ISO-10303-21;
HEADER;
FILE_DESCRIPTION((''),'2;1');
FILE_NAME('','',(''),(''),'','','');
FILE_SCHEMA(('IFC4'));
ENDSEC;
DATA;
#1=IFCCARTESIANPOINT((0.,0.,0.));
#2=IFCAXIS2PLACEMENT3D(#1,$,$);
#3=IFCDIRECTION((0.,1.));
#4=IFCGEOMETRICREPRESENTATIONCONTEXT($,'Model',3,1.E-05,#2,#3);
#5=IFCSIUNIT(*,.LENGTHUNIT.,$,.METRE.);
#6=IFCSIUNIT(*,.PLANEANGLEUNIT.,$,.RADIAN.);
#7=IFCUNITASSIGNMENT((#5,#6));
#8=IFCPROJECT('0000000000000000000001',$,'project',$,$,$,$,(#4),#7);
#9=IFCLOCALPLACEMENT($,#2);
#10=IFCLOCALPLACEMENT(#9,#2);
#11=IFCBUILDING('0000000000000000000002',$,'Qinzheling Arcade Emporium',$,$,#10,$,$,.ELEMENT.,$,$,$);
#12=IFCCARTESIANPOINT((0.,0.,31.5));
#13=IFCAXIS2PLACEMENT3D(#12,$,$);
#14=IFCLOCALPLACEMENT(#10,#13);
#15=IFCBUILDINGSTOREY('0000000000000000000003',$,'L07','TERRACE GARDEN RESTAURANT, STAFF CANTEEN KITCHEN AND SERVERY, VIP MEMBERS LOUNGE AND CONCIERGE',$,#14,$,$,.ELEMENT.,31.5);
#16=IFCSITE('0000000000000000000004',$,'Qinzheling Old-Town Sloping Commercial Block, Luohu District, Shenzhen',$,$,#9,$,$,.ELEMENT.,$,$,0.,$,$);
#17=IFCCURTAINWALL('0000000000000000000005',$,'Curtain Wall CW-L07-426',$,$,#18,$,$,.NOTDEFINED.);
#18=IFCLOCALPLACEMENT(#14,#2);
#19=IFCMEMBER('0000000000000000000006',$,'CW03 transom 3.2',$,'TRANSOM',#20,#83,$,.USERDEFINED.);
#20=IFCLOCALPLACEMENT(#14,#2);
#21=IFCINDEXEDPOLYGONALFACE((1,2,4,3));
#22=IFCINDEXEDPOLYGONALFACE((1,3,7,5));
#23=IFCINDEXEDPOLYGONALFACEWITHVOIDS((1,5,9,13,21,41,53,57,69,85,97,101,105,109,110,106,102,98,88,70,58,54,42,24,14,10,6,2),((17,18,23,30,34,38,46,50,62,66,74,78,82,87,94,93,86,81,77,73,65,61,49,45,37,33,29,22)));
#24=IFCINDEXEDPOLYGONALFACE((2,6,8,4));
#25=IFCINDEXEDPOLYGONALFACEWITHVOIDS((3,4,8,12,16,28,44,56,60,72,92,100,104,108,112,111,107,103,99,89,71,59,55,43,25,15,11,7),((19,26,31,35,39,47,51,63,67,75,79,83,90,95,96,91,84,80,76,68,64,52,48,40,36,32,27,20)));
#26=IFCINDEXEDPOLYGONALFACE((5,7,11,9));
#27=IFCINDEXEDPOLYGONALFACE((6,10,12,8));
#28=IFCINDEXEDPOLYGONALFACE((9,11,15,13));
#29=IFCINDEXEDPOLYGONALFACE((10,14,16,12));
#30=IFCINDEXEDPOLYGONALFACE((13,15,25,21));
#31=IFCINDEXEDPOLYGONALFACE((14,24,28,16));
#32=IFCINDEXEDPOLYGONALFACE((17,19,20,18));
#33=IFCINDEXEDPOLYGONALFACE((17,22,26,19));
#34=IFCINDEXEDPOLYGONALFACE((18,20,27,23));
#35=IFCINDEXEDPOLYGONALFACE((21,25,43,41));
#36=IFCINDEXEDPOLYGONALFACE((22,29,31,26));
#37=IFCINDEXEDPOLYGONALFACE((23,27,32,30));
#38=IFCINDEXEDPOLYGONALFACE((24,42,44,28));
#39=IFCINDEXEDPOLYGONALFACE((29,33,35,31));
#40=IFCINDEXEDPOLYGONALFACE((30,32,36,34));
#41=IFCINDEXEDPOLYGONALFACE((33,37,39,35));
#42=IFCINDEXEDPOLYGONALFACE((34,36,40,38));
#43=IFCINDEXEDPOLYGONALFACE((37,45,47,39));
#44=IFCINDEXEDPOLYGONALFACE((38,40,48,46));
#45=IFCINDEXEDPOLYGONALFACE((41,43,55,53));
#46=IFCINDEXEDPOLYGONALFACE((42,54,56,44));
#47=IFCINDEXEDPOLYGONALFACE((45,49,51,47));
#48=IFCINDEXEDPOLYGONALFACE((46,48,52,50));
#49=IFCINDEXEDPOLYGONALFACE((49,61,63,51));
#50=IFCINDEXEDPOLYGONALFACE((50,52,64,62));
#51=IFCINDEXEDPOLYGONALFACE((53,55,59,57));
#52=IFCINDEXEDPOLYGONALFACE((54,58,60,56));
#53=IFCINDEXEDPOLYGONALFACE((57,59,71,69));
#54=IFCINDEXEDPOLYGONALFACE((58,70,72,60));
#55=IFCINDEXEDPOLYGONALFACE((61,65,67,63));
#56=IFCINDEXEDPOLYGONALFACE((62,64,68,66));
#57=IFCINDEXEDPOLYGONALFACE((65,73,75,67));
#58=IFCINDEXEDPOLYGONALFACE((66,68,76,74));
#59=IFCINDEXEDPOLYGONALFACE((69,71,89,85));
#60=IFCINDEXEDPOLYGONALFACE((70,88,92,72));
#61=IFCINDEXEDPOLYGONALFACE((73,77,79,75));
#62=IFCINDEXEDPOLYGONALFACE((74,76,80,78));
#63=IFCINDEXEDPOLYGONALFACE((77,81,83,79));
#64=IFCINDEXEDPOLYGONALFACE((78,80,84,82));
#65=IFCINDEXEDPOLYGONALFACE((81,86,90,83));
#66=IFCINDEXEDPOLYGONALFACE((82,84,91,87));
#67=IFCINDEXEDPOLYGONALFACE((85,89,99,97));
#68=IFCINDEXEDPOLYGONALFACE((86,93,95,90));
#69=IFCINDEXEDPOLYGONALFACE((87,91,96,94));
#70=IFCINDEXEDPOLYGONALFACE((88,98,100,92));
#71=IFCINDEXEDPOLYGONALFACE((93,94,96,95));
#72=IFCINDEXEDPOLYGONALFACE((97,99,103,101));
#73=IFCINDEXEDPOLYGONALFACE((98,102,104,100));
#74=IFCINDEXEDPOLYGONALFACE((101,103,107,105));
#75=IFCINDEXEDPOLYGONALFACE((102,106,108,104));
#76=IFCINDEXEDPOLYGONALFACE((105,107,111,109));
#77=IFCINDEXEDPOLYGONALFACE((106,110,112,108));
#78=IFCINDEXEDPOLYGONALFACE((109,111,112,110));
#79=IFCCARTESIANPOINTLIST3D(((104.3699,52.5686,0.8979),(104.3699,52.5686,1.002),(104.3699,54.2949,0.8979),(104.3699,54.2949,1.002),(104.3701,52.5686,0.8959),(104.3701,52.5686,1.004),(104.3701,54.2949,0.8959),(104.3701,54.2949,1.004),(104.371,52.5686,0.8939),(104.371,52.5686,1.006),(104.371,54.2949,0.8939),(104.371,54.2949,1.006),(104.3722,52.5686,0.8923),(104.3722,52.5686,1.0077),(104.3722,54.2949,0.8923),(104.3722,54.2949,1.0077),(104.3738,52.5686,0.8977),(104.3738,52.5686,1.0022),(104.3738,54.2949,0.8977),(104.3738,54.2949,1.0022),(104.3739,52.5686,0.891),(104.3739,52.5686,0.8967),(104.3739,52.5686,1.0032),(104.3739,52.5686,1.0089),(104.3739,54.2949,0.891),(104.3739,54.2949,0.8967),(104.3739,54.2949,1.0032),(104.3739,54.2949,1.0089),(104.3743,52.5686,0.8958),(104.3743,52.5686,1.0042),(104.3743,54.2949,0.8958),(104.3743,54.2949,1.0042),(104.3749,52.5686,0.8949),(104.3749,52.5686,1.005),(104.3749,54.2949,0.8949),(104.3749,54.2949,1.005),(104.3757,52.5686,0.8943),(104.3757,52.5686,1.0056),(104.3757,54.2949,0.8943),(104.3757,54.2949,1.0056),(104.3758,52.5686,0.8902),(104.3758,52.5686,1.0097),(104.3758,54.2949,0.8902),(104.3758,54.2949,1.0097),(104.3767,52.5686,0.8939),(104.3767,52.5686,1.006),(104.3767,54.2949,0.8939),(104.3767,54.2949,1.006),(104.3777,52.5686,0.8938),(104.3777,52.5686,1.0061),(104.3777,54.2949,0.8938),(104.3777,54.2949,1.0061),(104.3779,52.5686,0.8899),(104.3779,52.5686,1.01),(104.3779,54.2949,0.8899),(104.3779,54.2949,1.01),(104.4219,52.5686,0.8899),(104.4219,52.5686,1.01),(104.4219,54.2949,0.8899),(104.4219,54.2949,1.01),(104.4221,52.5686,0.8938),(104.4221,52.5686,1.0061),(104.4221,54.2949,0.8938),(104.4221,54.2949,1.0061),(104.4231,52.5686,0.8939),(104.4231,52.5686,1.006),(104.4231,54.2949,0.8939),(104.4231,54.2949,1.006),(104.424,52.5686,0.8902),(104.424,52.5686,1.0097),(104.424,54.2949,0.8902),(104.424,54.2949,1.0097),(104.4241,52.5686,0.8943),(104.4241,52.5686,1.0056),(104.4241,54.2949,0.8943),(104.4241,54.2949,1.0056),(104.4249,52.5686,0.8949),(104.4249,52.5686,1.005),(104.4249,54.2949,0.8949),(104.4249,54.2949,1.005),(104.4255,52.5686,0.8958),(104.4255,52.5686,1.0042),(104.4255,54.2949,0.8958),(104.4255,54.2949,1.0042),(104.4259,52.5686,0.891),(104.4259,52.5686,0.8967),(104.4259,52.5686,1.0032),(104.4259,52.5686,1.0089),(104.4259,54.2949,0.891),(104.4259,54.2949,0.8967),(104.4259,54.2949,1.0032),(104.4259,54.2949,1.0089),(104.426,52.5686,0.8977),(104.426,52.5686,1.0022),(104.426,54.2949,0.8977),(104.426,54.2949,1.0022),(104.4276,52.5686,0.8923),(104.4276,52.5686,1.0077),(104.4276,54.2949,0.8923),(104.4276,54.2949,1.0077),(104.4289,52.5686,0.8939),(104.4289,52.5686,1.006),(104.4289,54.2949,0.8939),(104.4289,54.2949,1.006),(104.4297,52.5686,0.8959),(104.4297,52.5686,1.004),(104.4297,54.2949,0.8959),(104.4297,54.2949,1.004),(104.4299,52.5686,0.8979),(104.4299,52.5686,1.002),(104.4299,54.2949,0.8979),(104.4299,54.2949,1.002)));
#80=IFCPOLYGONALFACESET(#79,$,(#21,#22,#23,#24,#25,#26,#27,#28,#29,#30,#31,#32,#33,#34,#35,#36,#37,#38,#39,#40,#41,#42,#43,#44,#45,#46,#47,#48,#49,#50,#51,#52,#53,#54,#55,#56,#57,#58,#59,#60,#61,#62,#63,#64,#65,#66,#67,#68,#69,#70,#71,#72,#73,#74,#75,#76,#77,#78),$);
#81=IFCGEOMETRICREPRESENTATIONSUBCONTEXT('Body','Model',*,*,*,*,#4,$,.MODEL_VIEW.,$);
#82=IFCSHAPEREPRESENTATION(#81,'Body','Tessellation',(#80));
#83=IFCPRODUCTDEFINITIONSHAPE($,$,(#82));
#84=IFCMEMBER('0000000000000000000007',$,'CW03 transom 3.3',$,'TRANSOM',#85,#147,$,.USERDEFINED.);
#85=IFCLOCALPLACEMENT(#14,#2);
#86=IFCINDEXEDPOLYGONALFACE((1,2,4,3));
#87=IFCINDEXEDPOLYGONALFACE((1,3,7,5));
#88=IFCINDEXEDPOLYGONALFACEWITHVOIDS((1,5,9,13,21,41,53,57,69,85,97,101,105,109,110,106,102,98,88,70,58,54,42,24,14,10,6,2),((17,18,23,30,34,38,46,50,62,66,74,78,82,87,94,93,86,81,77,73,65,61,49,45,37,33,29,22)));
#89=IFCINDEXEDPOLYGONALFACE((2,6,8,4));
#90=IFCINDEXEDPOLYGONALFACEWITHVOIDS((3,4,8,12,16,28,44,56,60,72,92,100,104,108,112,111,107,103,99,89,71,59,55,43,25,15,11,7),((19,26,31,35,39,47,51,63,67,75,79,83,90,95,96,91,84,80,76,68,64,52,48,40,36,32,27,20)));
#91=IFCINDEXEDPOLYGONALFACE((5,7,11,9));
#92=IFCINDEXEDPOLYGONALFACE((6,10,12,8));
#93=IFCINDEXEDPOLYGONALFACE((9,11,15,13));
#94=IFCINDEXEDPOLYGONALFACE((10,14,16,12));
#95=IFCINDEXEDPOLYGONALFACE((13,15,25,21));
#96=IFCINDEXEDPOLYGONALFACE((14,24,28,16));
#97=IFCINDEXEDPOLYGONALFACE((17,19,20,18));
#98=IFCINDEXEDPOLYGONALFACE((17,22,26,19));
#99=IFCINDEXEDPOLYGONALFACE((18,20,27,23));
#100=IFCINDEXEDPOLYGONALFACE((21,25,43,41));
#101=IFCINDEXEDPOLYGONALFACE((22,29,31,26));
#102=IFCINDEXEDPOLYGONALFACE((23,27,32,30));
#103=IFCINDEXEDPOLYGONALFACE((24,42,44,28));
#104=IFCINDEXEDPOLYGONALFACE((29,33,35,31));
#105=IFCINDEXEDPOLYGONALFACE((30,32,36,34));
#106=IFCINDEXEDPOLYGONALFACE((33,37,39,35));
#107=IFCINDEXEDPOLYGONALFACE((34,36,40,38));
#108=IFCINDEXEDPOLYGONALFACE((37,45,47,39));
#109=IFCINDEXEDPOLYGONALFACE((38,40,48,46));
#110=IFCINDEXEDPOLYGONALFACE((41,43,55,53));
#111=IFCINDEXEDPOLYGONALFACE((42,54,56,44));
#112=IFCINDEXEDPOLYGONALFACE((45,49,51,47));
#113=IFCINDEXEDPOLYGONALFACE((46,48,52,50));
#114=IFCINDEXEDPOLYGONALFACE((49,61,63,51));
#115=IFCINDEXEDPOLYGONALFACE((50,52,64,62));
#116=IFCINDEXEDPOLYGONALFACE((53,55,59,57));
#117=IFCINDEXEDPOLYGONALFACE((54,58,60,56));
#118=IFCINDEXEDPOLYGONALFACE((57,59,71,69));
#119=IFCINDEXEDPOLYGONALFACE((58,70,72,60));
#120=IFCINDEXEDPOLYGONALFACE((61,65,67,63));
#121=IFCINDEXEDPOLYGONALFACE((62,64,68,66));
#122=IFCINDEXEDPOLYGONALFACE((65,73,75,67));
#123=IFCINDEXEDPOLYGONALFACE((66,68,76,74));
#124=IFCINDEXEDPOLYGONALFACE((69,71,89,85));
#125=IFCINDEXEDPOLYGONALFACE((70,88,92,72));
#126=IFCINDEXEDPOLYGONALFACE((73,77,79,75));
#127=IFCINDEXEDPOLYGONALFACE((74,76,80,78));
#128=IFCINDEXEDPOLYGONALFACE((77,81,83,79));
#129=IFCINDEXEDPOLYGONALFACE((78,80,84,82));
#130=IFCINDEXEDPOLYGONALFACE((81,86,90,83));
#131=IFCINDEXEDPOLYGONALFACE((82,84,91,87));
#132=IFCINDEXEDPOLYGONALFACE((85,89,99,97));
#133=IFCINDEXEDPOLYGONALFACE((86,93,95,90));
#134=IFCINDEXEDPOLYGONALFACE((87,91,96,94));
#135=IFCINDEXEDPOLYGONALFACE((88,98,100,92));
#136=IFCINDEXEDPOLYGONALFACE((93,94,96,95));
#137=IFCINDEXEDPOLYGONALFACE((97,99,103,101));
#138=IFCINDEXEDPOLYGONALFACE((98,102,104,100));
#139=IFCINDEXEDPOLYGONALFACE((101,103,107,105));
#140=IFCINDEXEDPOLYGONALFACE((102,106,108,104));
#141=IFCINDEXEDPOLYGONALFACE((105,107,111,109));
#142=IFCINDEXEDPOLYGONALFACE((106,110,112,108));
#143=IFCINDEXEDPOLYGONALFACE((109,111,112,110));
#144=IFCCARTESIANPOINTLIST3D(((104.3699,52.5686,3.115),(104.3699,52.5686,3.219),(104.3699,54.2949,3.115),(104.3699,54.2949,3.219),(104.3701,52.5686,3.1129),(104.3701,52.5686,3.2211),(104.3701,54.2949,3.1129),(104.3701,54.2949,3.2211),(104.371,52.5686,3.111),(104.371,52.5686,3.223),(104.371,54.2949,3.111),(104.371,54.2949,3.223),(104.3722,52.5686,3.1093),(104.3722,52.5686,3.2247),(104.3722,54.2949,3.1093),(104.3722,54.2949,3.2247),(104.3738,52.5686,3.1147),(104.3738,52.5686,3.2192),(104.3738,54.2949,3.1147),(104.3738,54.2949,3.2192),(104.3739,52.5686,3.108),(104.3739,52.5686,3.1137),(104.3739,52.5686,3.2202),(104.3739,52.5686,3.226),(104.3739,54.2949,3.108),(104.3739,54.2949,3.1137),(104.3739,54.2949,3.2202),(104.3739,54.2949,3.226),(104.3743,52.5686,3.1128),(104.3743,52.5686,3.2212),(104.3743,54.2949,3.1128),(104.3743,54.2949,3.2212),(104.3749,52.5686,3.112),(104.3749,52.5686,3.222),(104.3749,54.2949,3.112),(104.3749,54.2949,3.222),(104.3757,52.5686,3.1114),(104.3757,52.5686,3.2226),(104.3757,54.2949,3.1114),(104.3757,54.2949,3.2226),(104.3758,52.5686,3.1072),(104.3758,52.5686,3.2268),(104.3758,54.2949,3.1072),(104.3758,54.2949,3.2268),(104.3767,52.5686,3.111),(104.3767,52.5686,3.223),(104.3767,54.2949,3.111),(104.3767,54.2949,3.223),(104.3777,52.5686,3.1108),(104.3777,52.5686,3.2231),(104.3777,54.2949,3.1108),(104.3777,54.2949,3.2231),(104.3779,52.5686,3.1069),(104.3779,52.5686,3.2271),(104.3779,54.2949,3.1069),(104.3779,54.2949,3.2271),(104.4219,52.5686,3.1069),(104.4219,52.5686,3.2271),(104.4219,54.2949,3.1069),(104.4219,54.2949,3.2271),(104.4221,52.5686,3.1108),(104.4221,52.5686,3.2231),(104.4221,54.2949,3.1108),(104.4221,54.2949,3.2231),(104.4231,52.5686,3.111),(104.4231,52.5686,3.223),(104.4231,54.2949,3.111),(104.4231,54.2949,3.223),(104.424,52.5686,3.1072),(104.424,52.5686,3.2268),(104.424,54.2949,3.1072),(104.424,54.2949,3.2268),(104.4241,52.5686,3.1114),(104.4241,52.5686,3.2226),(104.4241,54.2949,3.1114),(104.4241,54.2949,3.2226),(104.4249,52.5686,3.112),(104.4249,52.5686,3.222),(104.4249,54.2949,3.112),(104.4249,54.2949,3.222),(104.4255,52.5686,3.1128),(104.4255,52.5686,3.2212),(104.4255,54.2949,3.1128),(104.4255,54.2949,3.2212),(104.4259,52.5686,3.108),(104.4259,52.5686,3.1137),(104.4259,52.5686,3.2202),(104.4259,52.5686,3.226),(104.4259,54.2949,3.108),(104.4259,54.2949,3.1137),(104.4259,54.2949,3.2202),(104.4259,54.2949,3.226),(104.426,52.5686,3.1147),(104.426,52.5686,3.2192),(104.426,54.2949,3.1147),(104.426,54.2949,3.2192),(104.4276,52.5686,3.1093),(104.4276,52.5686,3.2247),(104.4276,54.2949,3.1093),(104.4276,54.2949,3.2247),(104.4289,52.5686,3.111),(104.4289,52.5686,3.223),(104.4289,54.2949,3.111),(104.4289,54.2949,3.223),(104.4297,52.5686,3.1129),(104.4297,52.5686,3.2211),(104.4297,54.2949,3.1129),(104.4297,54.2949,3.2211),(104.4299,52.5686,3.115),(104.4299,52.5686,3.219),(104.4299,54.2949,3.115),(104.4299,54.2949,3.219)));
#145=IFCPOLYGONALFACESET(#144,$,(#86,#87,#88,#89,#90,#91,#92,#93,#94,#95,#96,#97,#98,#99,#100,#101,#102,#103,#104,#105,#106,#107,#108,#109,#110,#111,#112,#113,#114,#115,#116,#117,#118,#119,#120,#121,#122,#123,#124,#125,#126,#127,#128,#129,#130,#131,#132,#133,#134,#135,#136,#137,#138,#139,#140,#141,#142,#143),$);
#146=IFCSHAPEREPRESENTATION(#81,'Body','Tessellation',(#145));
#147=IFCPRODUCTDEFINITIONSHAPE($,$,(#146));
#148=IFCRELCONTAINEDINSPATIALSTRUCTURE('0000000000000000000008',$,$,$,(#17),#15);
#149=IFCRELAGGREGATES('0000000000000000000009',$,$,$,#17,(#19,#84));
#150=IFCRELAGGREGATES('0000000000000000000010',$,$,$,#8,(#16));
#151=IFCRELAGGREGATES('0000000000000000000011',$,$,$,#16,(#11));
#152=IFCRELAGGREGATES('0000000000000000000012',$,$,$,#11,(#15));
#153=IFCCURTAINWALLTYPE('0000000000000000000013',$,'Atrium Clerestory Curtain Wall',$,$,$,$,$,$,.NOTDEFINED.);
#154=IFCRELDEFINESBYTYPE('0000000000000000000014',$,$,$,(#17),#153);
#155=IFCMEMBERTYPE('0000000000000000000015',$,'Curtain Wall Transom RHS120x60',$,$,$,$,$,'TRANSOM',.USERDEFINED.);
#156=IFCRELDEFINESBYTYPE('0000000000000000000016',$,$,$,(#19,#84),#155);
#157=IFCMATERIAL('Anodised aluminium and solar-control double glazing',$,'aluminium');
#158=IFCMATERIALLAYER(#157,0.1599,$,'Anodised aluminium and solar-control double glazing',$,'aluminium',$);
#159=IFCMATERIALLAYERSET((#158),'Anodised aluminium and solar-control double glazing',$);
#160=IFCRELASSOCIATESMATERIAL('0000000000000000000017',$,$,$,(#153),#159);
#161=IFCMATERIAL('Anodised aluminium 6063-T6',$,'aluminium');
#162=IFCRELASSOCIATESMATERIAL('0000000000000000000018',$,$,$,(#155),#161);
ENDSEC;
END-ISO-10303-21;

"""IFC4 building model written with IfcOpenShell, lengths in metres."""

from ifc_helpers import new_model, si_unit, direction, frame, origin, origin_2d, place, context, subcontext, project, spatial, hollow_rectangle, extrude, material, layer, layer_set, material_profile, profile_set, type_object, element, aggregate, save


model = new_model("IFC4")

# Units and contexts
model_context = context("Model", 3, precision=1e-05, world=origin(), true_north=direction((0.0, 1.0)))
body_context = subcontext(model_context, "Body", "Model", "MODEL_VIEW")
ifc_project = project(units=[si_unit("LENGTHUNIT", "METRE"), si_unit("PLANEANGLEUNIT", "RADIAN")], contexts=[model_context])

# Site, building, storey
site_placement = place(None, origin())
site = spatial("IfcSite", under=ifc_project, at=site_placement, Name="Qinzheling Old-Town Sloping Commercial Block, Luohu District, Shenzhen", CompositionType="ELEMENT", RefElevation=0.0)
building_placement = place(site_placement, origin())
building = spatial("IfcBuilding", under=site, at=building_placement, Name="Qinzheling Arcade Emporium", CompositionType="ELEMENT")
storey_placement = place(building_placement, frame((0.0, 0.0, 31.5)))
storey = spatial("IfcBuildingStorey", under=building, at=storey_placement, Name="L07", Description="TERRACE GARDEN RESTAURANT, STAFF CANTEEN KITCHEN AND SERVERY, VIP MEMBERS LOUNGE AND CONCIERGE", CompositionType="ELEMENT", Elevation=31.5)

# Curtain wall, members
ifc_material_1 = material(Name="Anodised aluminium and solar-control double glazing", Category="aluminium")
ifc_layer_1 = layer(ifc_material_1, 0.1599, Name="Anodised aluminium and solar-control double glazing", Category="aluminium")
ifc_layer_set_1 = layer_set([ifc_layer_1], Name="Anodised aluminium and solar-control double glazing")
curtain_wall_type = type_object("IfcCurtainWallType", Name="Atrium Clerestory Curtain Wall", PredefinedType="NOTDEFINED", material=ifc_layer_set_1)
curtain_wall_placement = place(storey_placement, origin())
curtain_wall = element("IfcCurtainWall", 1, at=curtain_wall_placement, inside=storey, type_object=curtain_wall_type, Name="Curtain Wall CW-L07-426", PredefinedType="NOTDEFINED")
ifc_material_2 = material(Name="Anodised aluminium 6063-T6", Category="aluminium")
ifc_material_profile_1 = material_profile(ifc_material_2, hollow_rectangle(XDim=0.0601, YDim=0.1201, WallThickness=0.0039, InnerFilletRadius=0.0039, OuterFilletRadius=0.0081, at=origin_2d()), Name="RHS 120x60x4", Category="aluminium")
ifc_profile_set_1 = profile_set([ifc_material_profile_1], Name="Anodised aluminium 6063-T6")
member_type_1 = type_object("IfcMemberType", Name="Curtain Wall Transom RHS120x60", ElementType="TRANSOM", PredefinedType="USERDEFINED", material=ifc_profile_set_1)
member_1_placement = place(storey_placement, frame((104.3999, 54.2949, 0.95), z_axis=(0.0, -1.0, 0.0), x_axis=(1.0, 0.0, 0.0)))
member_1 = element("IfcMember", 2, at=member_1_placement, type_object=member_type_1, Name="CW03 transom 3.2", ObjectType="TRANSOM", PredefinedType="USERDEFINED", context=body_context, shape_type="SweptSolid", body=[
    extrude(hollow_rectangle(XDim=0.0601, YDim=0.1201, WallThickness=0.0039, InnerFilletRadius=0.0039, OuterFilletRadius=0.0081, at=origin_2d()), origin(), (0.0, 0.0, 1.0), 1.7263),
])
member_2_placement = place(storey_placement, frame((104.3999, 54.2949, 3.167), z_axis=(0.0, -1.0, 0.0), x_axis=(1.0, 0.0, 0.0)))
member_2 = element("IfcMember", 3, at=member_2_placement, type_object=member_type_1, Name="CW03 transom 3.3", ObjectType="TRANSOM", PredefinedType="USERDEFINED", context=body_context, shape_type="SweptSolid", body=[
    extrude(hollow_rectangle(XDim=0.0601, YDim=0.1201, WallThickness=0.0039, InnerFilletRadius=0.0039, OuterFilletRadius=0.0081, at=origin_2d()), origin(), (0.0, 0.0, 1.0), 1.7263),
])
aggregate(curtain_wall, [member_1, member_2])

save(model, "model.ifc")
